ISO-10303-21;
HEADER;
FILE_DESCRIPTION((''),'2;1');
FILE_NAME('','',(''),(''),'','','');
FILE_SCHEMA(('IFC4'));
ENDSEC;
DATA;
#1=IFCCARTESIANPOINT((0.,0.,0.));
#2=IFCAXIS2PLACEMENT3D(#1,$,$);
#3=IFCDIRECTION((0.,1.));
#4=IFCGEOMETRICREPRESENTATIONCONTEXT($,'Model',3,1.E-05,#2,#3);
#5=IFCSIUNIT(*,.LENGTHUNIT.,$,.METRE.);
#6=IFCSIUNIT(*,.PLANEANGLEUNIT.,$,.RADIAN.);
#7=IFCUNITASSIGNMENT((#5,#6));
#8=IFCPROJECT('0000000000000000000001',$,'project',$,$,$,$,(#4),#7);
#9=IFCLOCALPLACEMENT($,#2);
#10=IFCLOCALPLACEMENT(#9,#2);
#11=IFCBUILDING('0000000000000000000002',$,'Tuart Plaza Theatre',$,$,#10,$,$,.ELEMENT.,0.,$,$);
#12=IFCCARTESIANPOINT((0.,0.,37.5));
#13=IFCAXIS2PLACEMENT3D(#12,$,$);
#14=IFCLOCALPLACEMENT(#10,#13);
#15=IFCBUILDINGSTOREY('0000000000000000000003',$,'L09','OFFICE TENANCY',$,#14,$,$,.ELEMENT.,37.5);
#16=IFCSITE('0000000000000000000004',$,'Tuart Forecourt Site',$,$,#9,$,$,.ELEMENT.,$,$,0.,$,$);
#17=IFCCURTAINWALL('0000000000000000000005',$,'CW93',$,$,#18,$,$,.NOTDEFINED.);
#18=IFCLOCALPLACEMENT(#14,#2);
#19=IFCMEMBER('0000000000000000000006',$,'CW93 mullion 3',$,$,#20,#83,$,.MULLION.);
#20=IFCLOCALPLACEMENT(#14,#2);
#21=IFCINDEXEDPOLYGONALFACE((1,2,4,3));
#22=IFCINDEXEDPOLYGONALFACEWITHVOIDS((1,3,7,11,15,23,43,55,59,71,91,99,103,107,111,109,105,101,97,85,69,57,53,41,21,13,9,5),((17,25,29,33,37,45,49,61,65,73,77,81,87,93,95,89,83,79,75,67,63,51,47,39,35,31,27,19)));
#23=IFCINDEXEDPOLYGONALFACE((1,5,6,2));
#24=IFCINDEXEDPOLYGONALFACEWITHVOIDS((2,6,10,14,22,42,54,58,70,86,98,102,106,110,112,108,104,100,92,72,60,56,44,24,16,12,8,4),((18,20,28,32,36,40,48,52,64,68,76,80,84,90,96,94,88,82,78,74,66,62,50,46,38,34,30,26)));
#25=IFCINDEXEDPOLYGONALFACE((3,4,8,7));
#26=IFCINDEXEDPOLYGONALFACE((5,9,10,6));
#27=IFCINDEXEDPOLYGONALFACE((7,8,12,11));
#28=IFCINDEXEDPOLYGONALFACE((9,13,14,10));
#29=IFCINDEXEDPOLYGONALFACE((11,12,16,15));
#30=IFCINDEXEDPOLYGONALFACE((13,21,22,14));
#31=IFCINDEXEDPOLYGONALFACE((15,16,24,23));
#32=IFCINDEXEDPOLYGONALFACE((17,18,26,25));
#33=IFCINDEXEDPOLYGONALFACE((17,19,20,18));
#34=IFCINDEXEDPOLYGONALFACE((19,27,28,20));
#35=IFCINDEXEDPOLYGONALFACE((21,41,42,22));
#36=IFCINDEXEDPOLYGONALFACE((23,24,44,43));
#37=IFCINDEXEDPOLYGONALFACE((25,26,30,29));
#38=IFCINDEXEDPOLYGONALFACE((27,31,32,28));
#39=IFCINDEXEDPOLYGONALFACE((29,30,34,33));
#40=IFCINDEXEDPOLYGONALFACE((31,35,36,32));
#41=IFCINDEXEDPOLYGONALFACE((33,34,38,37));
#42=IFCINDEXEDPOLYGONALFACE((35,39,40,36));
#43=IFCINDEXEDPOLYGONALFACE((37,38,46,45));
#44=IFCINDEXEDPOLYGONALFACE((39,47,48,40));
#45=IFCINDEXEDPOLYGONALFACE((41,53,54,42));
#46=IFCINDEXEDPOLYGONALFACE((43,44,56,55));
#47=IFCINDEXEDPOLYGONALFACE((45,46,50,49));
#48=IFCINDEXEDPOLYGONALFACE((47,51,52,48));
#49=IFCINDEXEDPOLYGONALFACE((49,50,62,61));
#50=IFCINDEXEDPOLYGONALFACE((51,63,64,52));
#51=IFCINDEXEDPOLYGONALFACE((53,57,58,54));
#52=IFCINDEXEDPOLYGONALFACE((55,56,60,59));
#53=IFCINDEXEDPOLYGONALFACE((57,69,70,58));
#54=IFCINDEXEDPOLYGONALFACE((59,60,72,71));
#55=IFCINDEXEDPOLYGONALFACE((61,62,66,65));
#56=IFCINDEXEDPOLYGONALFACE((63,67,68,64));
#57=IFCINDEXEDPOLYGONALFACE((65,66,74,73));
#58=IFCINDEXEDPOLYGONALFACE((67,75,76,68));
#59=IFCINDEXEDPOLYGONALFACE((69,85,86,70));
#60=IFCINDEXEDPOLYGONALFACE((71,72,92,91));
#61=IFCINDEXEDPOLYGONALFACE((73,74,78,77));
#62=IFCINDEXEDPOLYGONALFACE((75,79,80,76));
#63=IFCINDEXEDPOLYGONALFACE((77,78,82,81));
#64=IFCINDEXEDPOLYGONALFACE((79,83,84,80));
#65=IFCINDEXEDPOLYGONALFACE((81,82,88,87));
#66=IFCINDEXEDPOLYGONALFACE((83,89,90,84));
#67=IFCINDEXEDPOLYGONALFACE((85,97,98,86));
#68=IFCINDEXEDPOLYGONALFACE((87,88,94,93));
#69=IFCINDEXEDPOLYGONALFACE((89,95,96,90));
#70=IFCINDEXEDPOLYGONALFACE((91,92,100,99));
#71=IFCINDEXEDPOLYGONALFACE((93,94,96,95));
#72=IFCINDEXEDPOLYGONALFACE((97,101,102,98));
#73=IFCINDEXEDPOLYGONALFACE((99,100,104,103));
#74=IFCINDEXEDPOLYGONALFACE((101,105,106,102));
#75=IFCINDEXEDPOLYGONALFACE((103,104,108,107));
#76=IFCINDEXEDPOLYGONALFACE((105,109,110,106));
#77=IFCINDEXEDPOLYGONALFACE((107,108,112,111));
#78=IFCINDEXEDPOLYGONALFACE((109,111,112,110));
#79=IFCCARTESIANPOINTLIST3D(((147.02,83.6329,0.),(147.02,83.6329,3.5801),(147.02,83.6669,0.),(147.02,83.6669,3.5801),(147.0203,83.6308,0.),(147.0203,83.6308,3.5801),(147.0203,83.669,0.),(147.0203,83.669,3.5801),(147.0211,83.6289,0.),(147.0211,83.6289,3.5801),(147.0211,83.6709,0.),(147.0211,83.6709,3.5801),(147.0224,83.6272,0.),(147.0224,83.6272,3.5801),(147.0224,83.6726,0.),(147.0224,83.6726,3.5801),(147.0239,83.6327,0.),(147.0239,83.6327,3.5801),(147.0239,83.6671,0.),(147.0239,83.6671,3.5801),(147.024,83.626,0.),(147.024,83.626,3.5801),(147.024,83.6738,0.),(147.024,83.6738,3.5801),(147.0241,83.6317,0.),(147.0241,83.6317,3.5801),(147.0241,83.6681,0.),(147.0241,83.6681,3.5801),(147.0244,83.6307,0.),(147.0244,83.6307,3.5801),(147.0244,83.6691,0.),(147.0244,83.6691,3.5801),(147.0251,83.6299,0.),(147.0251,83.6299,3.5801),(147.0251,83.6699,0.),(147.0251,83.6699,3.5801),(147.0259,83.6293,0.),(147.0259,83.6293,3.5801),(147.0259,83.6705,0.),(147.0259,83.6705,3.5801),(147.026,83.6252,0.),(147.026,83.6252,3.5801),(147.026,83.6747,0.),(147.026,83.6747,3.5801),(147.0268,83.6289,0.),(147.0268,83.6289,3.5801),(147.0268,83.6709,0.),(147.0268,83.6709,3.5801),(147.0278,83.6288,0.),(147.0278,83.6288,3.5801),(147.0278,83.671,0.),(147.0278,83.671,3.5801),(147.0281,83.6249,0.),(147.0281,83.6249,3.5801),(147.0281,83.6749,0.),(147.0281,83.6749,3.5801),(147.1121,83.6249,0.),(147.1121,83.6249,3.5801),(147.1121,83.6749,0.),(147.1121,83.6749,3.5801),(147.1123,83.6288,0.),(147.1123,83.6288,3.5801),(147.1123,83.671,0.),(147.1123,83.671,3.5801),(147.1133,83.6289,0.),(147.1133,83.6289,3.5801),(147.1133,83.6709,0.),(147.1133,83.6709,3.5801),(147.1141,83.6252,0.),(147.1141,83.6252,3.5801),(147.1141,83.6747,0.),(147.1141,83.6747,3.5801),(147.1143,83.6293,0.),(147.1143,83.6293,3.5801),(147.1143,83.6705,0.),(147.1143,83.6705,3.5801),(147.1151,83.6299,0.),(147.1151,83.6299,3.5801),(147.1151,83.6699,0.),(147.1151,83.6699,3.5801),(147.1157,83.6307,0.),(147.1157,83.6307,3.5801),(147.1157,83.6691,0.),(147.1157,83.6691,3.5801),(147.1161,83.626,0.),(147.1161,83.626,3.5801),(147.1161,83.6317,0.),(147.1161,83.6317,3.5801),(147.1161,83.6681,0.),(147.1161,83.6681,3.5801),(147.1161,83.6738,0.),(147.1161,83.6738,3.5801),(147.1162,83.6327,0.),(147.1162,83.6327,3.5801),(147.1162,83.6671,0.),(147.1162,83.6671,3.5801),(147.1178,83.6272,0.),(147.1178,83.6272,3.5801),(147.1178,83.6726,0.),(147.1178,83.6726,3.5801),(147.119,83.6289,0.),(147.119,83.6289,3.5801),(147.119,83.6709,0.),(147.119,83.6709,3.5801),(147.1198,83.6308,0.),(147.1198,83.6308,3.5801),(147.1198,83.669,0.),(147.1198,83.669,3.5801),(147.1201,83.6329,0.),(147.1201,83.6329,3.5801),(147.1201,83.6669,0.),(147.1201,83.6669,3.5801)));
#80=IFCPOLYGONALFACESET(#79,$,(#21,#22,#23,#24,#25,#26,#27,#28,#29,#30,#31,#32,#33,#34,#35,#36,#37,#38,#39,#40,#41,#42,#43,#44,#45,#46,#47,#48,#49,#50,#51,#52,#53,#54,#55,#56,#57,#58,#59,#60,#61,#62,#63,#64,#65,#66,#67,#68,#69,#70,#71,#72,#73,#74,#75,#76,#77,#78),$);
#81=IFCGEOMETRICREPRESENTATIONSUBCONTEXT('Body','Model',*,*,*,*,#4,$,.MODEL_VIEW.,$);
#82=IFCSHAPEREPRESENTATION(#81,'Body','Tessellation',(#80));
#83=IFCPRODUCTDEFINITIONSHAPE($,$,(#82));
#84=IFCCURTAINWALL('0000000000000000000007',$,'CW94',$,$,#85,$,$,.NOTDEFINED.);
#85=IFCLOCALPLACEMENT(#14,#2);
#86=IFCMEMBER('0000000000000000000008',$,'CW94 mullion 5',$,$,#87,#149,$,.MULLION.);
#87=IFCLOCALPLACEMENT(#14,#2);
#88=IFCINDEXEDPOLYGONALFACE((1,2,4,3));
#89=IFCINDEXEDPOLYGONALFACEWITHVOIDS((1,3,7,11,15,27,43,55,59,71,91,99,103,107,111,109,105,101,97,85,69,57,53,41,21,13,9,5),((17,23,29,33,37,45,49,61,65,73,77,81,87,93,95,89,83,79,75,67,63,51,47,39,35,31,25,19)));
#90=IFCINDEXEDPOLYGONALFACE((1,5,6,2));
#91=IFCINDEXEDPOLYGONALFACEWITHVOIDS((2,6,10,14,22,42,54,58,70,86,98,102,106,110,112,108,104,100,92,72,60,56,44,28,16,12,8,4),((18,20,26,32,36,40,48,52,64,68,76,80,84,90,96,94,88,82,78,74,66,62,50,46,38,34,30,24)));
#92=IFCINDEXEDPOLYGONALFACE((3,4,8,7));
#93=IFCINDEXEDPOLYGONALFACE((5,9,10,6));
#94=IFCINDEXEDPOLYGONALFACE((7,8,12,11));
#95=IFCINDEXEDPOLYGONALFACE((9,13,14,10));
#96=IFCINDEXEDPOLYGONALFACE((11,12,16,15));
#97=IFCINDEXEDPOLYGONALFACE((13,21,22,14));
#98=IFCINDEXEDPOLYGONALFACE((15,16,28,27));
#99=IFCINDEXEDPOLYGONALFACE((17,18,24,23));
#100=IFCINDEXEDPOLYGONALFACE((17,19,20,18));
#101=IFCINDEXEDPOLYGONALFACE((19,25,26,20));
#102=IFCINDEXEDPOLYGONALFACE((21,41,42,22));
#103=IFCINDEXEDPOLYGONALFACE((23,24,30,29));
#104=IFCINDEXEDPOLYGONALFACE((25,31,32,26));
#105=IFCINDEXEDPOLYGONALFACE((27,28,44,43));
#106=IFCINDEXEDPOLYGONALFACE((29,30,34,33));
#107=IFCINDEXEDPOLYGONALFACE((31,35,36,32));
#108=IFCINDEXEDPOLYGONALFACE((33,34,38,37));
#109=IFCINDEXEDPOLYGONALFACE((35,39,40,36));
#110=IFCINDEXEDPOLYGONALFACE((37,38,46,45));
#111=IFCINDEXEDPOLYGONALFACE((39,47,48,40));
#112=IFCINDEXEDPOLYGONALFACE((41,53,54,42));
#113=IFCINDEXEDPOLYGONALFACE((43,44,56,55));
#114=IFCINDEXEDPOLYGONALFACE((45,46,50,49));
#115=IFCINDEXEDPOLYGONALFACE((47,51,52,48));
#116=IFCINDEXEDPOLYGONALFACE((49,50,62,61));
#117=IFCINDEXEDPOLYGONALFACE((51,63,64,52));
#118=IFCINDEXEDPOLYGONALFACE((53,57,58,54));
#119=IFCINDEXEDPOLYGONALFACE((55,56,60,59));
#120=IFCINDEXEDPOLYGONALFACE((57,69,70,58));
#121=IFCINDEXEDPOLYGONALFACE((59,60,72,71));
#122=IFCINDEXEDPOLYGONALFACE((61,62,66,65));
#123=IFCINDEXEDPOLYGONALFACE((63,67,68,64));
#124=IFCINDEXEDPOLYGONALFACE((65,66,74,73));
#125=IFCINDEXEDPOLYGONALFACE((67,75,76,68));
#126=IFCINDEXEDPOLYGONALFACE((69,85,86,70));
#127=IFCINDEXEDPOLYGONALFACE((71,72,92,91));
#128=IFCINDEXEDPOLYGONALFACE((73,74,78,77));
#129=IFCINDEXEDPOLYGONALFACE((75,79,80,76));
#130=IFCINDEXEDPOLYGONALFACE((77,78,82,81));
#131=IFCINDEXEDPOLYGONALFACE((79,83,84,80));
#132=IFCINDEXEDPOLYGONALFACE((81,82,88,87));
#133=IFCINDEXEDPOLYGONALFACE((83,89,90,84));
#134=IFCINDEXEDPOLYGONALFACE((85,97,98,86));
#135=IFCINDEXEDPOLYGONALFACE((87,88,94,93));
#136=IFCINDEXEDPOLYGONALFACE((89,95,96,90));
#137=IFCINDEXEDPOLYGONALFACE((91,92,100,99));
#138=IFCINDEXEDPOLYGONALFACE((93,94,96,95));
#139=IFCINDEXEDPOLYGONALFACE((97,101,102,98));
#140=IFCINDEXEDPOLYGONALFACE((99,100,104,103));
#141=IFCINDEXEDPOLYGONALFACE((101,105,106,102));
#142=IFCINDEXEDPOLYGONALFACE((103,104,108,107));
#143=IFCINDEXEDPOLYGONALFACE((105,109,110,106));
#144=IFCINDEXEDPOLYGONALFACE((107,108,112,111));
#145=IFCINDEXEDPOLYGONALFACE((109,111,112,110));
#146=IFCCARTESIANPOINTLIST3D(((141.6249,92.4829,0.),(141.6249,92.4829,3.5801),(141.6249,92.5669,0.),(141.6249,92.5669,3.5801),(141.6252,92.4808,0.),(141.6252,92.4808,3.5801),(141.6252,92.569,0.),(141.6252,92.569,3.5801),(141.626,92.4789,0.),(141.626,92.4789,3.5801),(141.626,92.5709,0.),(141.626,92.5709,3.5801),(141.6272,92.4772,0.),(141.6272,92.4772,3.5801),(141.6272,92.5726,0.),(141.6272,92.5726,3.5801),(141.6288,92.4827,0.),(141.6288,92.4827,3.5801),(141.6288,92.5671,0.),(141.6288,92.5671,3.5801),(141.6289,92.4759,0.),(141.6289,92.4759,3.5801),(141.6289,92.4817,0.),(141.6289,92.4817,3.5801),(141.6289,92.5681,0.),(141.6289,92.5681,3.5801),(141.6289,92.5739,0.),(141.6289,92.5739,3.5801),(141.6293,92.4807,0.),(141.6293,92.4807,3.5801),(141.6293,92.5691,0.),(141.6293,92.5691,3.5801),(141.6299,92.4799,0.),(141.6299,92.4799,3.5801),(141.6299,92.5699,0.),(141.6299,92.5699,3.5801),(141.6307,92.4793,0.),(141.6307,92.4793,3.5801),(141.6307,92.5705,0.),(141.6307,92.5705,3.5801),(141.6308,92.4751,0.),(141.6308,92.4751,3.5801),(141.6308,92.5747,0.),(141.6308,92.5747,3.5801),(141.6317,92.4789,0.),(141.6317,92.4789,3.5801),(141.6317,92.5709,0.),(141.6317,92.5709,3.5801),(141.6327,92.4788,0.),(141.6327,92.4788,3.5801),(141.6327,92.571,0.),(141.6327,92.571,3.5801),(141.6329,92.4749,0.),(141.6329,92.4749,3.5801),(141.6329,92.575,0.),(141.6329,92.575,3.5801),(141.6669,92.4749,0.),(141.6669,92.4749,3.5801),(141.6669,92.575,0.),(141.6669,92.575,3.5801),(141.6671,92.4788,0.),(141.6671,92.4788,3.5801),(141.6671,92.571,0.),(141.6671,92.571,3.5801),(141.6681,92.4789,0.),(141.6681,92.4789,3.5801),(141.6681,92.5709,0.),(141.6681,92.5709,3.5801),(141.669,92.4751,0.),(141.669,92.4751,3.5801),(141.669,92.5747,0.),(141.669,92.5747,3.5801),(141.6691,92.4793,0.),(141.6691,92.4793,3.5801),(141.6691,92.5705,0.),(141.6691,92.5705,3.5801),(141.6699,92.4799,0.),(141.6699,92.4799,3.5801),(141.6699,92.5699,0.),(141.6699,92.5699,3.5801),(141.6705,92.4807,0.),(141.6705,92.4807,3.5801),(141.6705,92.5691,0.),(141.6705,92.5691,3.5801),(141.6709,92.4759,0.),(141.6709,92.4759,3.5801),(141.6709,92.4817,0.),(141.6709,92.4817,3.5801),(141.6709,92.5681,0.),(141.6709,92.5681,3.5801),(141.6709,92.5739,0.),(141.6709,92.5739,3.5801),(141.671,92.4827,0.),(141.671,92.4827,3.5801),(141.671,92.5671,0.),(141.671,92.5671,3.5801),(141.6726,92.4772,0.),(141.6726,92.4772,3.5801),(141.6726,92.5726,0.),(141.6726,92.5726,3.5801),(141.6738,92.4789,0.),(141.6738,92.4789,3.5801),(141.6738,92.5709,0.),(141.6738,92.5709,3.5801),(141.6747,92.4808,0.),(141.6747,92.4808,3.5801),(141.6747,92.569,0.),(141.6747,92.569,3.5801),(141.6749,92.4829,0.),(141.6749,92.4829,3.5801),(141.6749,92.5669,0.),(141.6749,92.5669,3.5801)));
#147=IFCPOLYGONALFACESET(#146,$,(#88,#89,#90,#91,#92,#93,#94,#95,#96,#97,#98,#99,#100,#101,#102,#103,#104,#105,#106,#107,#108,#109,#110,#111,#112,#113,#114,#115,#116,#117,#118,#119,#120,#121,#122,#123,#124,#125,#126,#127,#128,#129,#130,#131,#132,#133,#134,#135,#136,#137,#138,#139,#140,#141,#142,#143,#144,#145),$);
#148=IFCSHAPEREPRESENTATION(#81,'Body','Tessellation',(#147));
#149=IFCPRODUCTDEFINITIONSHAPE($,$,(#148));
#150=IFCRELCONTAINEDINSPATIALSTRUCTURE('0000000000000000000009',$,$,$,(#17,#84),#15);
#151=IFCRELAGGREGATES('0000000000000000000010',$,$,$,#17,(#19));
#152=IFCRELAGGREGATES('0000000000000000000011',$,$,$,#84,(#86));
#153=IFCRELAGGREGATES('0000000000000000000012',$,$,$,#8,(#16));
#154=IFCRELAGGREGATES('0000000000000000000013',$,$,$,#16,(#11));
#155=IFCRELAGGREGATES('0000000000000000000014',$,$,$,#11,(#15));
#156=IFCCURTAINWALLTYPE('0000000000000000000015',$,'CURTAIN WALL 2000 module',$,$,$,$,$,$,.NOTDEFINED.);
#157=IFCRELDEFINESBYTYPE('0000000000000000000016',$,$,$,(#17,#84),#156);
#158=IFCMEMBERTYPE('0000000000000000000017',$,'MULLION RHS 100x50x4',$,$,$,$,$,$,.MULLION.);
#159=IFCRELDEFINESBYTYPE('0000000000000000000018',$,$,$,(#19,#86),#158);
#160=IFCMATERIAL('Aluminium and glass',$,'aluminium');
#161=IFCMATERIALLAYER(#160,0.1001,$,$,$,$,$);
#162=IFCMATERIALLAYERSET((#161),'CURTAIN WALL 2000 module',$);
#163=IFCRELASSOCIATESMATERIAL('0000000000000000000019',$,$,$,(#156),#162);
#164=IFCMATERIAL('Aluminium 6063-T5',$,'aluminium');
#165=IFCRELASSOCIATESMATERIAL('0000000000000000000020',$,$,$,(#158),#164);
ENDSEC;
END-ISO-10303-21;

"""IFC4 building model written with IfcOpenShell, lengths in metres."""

from ifc_helpers import new_model, si_unit, direction, frame, origin, origin_2d, place, context, subcontext, project, spatial, hollow_rectangle, extrude, material, layer, layer_set, material_profile, profile_set, type_object, element, aggregate, save


model = new_model("IFC4")

# Units and contexts
model_context = context("Model", 3, precision=1e-05, world=origin(), true_north=direction((0.0, 1.0)))
body_context = subcontext(model_context, "Body", "Model", "MODEL_VIEW")
ifc_project = project(units=[si_unit("LENGTHUNIT", "METRE"), si_unit("PLANEANGLEUNIT", "RADIAN")], contexts=[model_context])

# Site, building, storey
site_placement = place(None, origin())
site = spatial("IfcSite", under=ifc_project, at=site_placement, Name="Tuart Forecourt Site", CompositionType="ELEMENT", RefElevation=0.0)
building_placement = place(site_placement, origin())
building = spatial("IfcBuilding", under=site, at=building_placement, Name="Tuart Plaza Theatre", CompositionType="ELEMENT", ElevationOfRefHeight=0.0)
storey_placement = place(building_placement, frame((0.0, 0.0, 37.5)))
storey = spatial("IfcBuildingStorey", under=building, at=storey_placement, Name="L09", Description="OFFICE TENANCY", CompositionType="ELEMENT", Elevation=37.5)

# Curtain wall, member
ifc_material_1 = material(Name="Aluminium and glass", Category="aluminium")
ifc_layer_1 = layer(ifc_material_1, 0.1001)
ifc_layer_set_1 = layer_set([ifc_layer_1], Name="CURTAIN WALL 2000 module")
curtain_wall_type_1 = type_object("IfcCurtainWallType", Name="CURTAIN WALL 2000 module", PredefinedType="NOTDEFINED", material=ifc_layer_set_1)
curtain_wall_1_placement = place(storey_placement, origin())
curtain_wall_1 = element("IfcCurtainWall", 1, at=curtain_wall_1_placement, inside=storey, type_object=curtain_wall_type_1, Name="CW93", PredefinedType="NOTDEFINED")
ifc_material_2 = material(Name="Aluminium 6063-T5", Category="aluminium")
ifc_material_profile_1 = material_profile(ifc_material_2, hollow_rectangle(XDim=0.05, YDim=0.1001, WallThickness=0.0039, InnerFilletRadius=0.0039, OuterFilletRadius=0.0081, at=origin_2d()), Name="RHS 100x50x4")
ifc_profile_set_1 = profile_set([ifc_material_profile_1], Name="Aluminium 6063-T5")
member_type_1 = type_object("IfcMemberType", Name="MULLION RHS 100x50x4", PredefinedType="MULLION", material=ifc_profile_set_1)
member_1_placement = place(storey_placement, frame((147.0701, 83.6499, 0.0), z_axis=(0.0, 0.0, 1.0), x_axis=(0.0, -1.0, 0.0)))
member_1 = element("IfcMember", 2, at=member_1_placement, type_object=member_type_1, Name="CW93 mullion 3", PredefinedType="MULLION", context=body_context, shape_type="SweptSolid", body=[
    extrude(hollow_rectangle(XDim=0.05, YDim=0.1001, WallThickness=0.0039, InnerFilletRadius=0.0039, OuterFilletRadius=0.0081, at=origin_2d()), origin(), (0.0, 0.0, 1.0), 3.5801),
])

# Curtain wall, member
curtain_wall_2_placement = place(storey_placement, origin())
curtain_wall_2 = element("IfcCurtainWall", 3, at=curtain_wall_2_placement, inside=storey, type_object=curtain_wall_type_1, Name="CW94", PredefinedType="NOTDEFINED")
member_2_placement = place(storey_placement, frame((141.6499, 92.5249, 0.0), z_axis=(0.0, 0.0, 1.0), x_axis=(-1.0, 0.0, 0.0)))
member_2 = element("IfcMember", 4, at=member_2_placement, type_object=member_type_1, Name="CW94 mullion 5", PredefinedType="MULLION", context=body_context, shape_type="SweptSolid", body=[
    extrude(hollow_rectangle(XDim=0.05, YDim=0.1001, WallThickness=0.0039, InnerFilletRadius=0.0039, OuterFilletRadius=0.0081, at=origin_2d()), origin(), (0.0, 0.0, 1.0), 3.5801),
])

aggregate(curtain_wall_1, [member_1])
aggregate(curtain_wall_2, [member_2])

save(model, "model.ifc")
